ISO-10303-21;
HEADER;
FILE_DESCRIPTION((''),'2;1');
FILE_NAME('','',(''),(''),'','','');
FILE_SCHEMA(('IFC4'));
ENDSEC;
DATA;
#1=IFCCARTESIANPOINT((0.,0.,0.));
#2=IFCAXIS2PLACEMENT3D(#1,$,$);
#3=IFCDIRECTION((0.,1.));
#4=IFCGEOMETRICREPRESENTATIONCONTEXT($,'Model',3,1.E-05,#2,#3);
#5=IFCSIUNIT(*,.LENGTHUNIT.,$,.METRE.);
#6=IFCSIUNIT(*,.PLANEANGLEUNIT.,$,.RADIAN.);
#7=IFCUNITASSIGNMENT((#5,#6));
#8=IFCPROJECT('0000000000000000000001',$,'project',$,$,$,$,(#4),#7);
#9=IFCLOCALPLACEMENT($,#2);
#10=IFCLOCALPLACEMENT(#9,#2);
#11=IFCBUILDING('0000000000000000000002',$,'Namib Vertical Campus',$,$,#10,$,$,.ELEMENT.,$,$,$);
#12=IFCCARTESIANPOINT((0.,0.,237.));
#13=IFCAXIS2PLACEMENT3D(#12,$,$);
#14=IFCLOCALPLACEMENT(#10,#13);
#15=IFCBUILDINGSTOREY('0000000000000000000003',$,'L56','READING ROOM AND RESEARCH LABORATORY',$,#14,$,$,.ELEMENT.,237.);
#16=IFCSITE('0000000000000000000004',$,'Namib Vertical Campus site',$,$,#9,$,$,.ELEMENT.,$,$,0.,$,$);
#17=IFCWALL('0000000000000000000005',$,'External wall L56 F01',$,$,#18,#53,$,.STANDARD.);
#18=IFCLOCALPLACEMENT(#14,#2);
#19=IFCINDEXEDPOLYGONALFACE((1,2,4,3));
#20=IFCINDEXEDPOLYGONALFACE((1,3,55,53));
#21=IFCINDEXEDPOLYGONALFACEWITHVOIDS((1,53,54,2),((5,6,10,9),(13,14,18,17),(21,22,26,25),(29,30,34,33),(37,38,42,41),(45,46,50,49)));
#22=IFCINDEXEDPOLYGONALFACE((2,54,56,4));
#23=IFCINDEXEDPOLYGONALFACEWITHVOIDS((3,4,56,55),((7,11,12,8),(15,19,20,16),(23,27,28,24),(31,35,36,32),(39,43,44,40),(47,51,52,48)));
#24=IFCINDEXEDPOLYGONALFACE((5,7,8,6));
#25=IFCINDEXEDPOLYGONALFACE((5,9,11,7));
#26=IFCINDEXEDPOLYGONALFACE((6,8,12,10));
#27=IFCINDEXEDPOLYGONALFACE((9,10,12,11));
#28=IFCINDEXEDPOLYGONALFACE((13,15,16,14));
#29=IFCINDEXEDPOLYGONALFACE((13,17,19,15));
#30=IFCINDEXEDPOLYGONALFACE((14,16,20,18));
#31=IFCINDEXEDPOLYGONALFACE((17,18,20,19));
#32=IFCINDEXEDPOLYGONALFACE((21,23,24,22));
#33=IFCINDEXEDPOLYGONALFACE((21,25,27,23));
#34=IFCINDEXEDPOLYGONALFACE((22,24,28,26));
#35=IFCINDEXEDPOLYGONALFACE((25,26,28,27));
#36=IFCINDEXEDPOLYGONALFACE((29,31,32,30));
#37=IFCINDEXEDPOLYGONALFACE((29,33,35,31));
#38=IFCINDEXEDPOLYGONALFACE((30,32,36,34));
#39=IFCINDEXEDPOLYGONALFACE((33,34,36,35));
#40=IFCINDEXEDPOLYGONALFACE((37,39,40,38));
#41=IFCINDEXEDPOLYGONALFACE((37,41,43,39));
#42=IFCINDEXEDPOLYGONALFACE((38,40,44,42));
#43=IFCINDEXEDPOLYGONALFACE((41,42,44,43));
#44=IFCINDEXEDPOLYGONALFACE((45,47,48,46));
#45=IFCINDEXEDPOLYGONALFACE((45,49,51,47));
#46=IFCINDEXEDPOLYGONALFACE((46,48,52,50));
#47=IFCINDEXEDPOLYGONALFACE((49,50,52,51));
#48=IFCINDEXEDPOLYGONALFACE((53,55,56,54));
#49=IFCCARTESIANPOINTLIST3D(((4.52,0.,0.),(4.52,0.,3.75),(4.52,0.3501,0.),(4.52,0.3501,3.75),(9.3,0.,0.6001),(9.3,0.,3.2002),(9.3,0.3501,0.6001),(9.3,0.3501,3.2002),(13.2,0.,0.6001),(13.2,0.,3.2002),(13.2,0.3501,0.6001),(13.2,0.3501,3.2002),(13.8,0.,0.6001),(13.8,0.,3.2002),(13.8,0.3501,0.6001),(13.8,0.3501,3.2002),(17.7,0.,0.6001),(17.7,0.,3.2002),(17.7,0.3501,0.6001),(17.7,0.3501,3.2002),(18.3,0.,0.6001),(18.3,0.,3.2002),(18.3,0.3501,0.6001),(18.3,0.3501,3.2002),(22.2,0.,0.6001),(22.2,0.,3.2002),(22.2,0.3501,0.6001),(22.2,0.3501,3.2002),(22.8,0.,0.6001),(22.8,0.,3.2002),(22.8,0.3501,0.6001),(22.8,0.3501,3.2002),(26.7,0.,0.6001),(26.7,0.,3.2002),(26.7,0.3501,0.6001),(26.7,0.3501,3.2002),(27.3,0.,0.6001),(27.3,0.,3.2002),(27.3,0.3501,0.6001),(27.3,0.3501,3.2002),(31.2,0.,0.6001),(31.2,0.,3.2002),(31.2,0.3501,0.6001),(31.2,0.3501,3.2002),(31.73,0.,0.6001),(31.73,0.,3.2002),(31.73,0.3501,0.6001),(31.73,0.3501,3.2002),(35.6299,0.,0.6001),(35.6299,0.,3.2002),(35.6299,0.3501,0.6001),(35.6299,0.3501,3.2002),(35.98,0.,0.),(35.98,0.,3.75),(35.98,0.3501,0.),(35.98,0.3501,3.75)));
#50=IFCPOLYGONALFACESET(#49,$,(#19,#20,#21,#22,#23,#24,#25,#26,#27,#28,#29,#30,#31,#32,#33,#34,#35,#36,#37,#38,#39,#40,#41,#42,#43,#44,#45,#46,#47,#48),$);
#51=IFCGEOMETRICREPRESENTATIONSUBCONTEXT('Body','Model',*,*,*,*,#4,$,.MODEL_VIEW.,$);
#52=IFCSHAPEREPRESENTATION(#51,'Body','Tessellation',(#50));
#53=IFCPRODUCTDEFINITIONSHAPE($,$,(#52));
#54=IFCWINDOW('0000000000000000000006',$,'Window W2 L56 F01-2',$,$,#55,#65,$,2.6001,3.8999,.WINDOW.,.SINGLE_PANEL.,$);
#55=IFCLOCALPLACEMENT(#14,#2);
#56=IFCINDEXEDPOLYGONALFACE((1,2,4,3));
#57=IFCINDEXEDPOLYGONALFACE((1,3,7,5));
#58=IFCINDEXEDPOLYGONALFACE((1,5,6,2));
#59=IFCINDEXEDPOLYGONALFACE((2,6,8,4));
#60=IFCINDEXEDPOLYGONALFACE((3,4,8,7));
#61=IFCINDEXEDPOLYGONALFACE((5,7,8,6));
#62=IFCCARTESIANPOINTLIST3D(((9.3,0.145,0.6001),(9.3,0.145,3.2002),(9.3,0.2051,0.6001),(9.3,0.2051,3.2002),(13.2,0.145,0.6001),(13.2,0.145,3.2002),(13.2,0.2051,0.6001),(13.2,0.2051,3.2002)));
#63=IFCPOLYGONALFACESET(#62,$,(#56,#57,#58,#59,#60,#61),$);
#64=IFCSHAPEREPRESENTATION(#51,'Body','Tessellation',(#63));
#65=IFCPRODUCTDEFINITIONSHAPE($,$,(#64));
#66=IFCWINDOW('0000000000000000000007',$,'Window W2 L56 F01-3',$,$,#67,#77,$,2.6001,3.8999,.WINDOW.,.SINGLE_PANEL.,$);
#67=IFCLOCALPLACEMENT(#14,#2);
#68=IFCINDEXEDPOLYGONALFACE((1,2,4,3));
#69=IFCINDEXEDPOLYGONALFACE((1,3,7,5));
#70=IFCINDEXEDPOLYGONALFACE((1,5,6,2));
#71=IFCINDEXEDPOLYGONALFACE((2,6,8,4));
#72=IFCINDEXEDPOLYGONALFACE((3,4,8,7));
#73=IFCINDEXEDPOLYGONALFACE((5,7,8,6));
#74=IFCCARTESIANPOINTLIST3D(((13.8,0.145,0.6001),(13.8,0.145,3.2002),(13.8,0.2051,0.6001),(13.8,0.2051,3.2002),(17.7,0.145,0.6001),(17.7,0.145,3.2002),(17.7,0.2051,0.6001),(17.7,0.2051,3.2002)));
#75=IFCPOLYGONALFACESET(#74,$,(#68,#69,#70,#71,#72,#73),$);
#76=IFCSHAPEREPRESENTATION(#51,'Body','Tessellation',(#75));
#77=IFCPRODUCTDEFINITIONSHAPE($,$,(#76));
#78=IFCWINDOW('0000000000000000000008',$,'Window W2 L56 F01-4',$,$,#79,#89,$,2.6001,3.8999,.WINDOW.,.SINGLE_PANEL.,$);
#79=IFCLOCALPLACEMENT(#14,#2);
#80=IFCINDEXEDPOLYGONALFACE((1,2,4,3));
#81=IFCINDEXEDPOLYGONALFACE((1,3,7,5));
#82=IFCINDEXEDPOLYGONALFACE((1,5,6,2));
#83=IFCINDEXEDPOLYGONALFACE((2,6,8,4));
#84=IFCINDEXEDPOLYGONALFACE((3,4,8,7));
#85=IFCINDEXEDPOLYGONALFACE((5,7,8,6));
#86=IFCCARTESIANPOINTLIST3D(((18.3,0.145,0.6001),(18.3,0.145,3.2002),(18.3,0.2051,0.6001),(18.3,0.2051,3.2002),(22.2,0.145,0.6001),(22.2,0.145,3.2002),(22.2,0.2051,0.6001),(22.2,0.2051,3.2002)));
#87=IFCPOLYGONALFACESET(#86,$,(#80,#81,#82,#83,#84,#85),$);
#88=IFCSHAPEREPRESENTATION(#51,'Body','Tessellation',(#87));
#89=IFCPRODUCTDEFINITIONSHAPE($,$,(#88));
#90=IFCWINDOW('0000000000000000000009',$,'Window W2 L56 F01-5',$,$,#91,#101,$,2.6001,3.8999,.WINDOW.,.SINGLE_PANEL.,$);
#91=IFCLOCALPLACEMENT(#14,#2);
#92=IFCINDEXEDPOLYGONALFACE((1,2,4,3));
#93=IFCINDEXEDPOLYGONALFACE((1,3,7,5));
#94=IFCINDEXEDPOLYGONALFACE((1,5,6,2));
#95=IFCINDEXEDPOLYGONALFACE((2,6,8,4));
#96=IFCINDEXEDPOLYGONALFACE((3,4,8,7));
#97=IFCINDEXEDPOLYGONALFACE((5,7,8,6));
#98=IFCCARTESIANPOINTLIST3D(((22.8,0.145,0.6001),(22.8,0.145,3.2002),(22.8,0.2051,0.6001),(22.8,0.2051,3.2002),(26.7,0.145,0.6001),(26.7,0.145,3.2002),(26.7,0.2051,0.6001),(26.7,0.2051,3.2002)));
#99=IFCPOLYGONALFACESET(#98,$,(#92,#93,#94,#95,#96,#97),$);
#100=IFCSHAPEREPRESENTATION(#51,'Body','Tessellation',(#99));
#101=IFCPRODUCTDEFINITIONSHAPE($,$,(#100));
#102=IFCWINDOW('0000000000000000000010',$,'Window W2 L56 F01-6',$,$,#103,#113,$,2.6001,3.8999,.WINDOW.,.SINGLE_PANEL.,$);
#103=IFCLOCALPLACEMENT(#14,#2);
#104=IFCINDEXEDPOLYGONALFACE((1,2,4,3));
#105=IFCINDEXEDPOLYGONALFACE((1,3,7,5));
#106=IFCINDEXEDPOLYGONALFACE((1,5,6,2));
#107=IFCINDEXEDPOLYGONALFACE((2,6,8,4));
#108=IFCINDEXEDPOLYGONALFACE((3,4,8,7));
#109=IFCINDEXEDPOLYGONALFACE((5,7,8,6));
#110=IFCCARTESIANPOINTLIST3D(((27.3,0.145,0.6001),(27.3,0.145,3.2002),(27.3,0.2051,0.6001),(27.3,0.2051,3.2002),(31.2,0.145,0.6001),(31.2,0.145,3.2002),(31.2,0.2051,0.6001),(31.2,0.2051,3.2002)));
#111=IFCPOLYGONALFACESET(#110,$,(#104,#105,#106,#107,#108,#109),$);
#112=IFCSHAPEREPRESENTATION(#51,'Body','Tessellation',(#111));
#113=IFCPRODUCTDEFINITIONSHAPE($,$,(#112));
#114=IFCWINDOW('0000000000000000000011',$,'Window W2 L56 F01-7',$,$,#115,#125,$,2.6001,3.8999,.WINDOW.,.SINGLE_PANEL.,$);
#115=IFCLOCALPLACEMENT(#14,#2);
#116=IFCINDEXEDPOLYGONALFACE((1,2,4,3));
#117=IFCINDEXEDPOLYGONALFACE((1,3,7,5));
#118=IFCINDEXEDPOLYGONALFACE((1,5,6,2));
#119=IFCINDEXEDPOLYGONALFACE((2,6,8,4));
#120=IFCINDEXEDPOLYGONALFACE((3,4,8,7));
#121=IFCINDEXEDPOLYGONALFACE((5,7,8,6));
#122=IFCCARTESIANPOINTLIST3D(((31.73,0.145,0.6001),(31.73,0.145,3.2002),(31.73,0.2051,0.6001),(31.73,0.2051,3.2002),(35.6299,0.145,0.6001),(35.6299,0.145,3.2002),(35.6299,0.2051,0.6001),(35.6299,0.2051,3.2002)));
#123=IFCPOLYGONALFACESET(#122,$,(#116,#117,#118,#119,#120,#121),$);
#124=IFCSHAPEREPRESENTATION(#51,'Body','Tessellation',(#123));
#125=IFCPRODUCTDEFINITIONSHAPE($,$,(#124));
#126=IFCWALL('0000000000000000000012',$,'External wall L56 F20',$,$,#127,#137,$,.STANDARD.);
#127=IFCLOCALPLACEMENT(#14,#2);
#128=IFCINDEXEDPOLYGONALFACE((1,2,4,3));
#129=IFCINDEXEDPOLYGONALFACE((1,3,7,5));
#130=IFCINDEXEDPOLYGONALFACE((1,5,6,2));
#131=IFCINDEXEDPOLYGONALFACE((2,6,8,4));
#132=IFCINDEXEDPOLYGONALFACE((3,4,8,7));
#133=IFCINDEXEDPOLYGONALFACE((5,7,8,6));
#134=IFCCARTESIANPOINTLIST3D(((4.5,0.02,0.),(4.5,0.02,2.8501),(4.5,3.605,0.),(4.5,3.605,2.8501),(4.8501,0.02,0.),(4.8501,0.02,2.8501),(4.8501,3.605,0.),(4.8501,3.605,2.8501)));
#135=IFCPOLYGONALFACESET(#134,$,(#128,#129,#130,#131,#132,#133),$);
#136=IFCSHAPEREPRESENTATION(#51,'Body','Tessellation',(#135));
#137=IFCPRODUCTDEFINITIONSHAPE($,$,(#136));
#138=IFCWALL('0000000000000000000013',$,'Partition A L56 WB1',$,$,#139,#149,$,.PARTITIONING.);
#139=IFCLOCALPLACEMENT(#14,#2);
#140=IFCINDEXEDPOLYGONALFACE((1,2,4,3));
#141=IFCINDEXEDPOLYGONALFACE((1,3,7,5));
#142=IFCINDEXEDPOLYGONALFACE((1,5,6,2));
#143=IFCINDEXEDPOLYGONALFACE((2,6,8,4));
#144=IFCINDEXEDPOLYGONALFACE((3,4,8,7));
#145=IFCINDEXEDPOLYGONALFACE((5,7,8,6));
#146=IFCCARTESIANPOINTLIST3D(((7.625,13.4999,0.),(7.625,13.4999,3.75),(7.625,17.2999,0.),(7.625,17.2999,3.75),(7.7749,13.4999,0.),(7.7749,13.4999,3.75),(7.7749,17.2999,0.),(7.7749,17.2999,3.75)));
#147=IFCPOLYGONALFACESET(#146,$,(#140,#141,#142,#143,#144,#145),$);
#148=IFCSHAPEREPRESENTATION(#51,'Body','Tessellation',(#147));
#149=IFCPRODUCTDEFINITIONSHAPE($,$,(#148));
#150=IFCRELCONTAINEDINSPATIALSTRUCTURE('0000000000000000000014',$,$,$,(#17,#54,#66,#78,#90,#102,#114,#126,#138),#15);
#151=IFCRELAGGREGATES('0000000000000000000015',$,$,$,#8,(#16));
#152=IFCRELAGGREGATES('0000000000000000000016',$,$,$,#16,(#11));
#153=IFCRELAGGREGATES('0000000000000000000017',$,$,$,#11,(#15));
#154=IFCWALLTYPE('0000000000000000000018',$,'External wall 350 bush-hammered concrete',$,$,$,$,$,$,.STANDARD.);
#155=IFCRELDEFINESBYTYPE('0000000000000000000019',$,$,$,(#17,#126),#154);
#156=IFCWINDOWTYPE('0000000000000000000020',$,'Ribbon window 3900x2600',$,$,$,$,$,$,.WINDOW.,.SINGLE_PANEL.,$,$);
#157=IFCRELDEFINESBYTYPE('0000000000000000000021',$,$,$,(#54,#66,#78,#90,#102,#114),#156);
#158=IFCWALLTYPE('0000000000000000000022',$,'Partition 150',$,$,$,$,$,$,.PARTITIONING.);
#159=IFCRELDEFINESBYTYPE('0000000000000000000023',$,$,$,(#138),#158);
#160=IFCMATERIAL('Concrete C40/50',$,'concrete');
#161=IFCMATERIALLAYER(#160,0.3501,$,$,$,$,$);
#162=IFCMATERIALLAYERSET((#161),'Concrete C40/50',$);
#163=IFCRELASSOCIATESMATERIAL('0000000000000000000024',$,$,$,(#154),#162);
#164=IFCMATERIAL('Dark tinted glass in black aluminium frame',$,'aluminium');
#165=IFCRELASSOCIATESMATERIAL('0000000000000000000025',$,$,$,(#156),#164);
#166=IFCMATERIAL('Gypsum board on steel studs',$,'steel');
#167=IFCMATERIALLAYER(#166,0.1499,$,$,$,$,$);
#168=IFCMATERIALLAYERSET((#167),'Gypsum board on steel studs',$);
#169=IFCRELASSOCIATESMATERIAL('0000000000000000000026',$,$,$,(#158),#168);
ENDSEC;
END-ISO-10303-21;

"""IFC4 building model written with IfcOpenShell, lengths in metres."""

from ifc_helpers import new_model, si_unit, direction, frame, frame_2d, origin, place, context, subcontext, project, spatial, rectangle, extrude, material, layer, layer_set, type_object, element, fill, save


model = new_model("IFC4")

# Units and contexts
model_context = context("Model", 3, precision=1e-05, world=origin(), true_north=direction((0.0, 1.0)))
body_context = subcontext(model_context, "Body", "Model", "MODEL_VIEW")
ifc_project = project(units=[si_unit("LENGTHUNIT", "METRE"), si_unit("PLANEANGLEUNIT", "RADIAN")], contexts=[model_context])

# Site, building, storey
site_placement = place(None, origin())
site = spatial("IfcSite", under=ifc_project, at=site_placement, Name="Namib Vertical Campus site", CompositionType="ELEMENT", RefElevation=0.0)
building_placement = place(site_placement, origin())
building = spatial("IfcBuilding", under=site, at=building_placement, Name="Namib Vertical Campus", CompositionType="ELEMENT")
storey_placement = place(building_placement, frame((0.0, 0.0, 237.0)))
storey = spatial("IfcBuildingStorey", under=building, at=storey_placement, Name="L56", Description="READING ROOM AND RESEARCH LABORATORY", CompositionType="ELEMENT", Elevation=237.0)

# Wall, openings, windows
ifc_material_1 = material(Name="Concrete C40/50", Category="concrete")
ifc_layer_1 = layer(ifc_material_1, 0.3501)
ifc_layer_set_1 = layer_set([ifc_layer_1], Name="Concrete C40/50")
wall_type_1 = type_object("IfcWallType", Name="External wall 350 bush-hammered concrete", PredefinedType="STANDARD", material=ifc_layer_set_1)
wall_1_placement = place(storey_placement, frame((4.52, 0.175, 0.0), z_axis=(0.0, 0.0, 1.0), x_axis=(1.0, 0.0, 0.0)))
wall_1 = element("IfcWall", 1, at=wall_1_placement, inside=storey, type_object=wall_type_1, Name="External wall L56 F01", PredefinedType="STANDARD", context=body_context, shape_type="SweptSolid", body=[
    extrude(rectangle(XDim=31.46, YDim=0.3501, at=frame_2d((15.73, 0.0))), origin(), (0.0, 0.0, 1.0), 3.75),
])
opening_1_placement = place(wall_1_placement, frame((4.78, 0.0, 0.6001)))
opening_1 = element("IfcOpeningElement", 2, at=opening_1_placement, cuts=wall_1, PredefinedType="OPENING", context=body_context, shape_type="SweptSolid", body=[
    extrude(rectangle(XDim=3.8999, YDim=2.6001, at=frame_2d((1.95, 1.3))), frame((0.0, 0.1851, 0.0), z_axis=(0.0, -1.0, 0.0), x_axis=(1.0, 0.0, 0.0)), (0.0, 0.0, 1.0), 0.3701),
])
opening_2_placement = place(wall_1_placement, frame((9.28, 0.0, 0.6001)))
opening_2 = element("IfcOpeningElement", 3, at=opening_2_placement, cuts=wall_1, PredefinedType="OPENING", context=body_context, shape_type="SweptSolid", body=[
    extrude(rectangle(XDim=3.8999, YDim=2.6001, at=frame_2d((1.95, 1.3))), frame((0.0, 0.1851, 0.0), z_axis=(0.0, -1.0, 0.0), x_axis=(1.0, 0.0, 0.0)), (0.0, 0.0, 1.0), 0.3701),
])
opening_3_placement = place(wall_1_placement, frame((13.78, 0.0, 0.6001)))
opening_3 = element("IfcOpeningElement", 4, at=opening_3_placement, cuts=wall_1, PredefinedType="OPENING", context=body_context, shape_type="SweptSolid", body=[
    extrude(rectangle(XDim=3.8999, YDim=2.6001, at=frame_2d((1.95, 1.3))), frame((0.0, 0.1851, 0.0), z_axis=(0.0, -1.0, 0.0), x_axis=(1.0, 0.0, 0.0)), (0.0, 0.0, 1.0), 0.3701),
])
opening_4_placement = place(wall_1_placement, frame((18.28, 0.0, 0.6001)))
opening_4 = element("IfcOpeningElement", 5, at=opening_4_placement, cuts=wall_1, PredefinedType="OPENING", context=body_context, shape_type="SweptSolid", body=[
    extrude(rectangle(XDim=3.8999, YDim=2.6001, at=frame_2d((1.95, 1.3))), frame((0.0, 0.1851, 0.0), z_axis=(0.0, -1.0, 0.0), x_axis=(1.0, 0.0, 0.0)), (0.0, 0.0, 1.0), 0.3701),
])
opening_5_placement = place(wall_1_placement, frame((22.78, 0.0, 0.6001)))
opening_5 = element("IfcOpeningElement", 6, at=opening_5_placement, cuts=wall_1, PredefinedType="OPENING", context=body_context, shape_type="SweptSolid", body=[
    extrude(rectangle(XDim=3.8999, YDim=2.6001, at=frame_2d((1.95, 1.3))), frame((0.0, 0.1851, 0.0), z_axis=(0.0, -1.0, 0.0), x_axis=(1.0, 0.0, 0.0)), (0.0, 0.0, 1.0), 0.3701),
])
opening_6_placement = place(wall_1_placement, frame((27.21, 0.0, 0.6001)))
opening_6 = element("IfcOpeningElement", 7, at=opening_6_placement, cuts=wall_1, PredefinedType="OPENING", context=body_context, shape_type="SweptSolid", body=[
    extrude(rectangle(XDim=3.8999, YDim=2.6001, at=frame_2d((1.95, 1.3))), frame((0.0, 0.1851, 0.0), z_axis=(0.0, -1.0, 0.0), x_axis=(1.0, 0.0, 0.0)), (0.0, 0.0, 1.0), 0.3701),
])
ifc_material_2 = material(Name="Dark tinted glass in black aluminium frame", Category="aluminium")
window_type = type_object("IfcWindowType", Name="Ribbon window 3900x2600", PartitioningType="SINGLE_PANEL", PredefinedType="WINDOW", material=ifc_material_2)
window_1_placement = place(opening_1_placement, origin())
window_1 = element("IfcWindow", 8, at=window_1_placement, inside=storey, type_object=window_type, Name="Window W2 L56 F01-2", OverallHeight=2.6001, OverallWidth=3.8999, PartitioningType="SINGLE_PANEL", PredefinedType="WINDOW", context=body_context, shape_type="SweptSolid", body=[
    extrude(rectangle(XDim=3.8999, YDim=2.6001, at=frame_2d((1.95, 1.3))), frame((0.0, 0.03, 0.0), z_axis=(0.0, -1.0, 0.0), x_axis=(1.0, 0.0, 0.0)), (0.0, 0.0, 1.0), 0.0601),
])
fill(opening_1, window_1)
window_2_placement = place(opening_2_placement, origin())
window_2 = element("IfcWindow", 9, at=window_2_placement, inside=storey, type_object=window_type, Name="Window W2 L56 F01-3", OverallHeight=2.6001, OverallWidth=3.8999, PartitioningType="SINGLE_PANEL", PredefinedType="WINDOW", context=body_context, shape_type="SweptSolid", body=[
    extrude(rectangle(XDim=3.8999, YDim=2.6001, at=frame_2d((1.95, 1.3))), frame((0.0, 0.03, 0.0), z_axis=(0.0, -1.0, 0.0), x_axis=(1.0, 0.0, 0.0)), (0.0, 0.0, 1.0), 0.0601),
])
fill(opening_2, window_2)
window_3_placement = place(opening_3_placement, origin())
window_3 = element("IfcWindow", 10, at=window_3_placement, inside=storey, type_object=window_type, Name="Window W2 L56 F01-4", OverallHeight=2.6001, OverallWidth=3.8999, PartitioningType="SINGLE_PANEL", PredefinedType="WINDOW", context=body_context, shape_type="SweptSolid", body=[
    extrude(rectangle(XDim=3.8999, YDim=2.6001, at=frame_2d((1.95, 1.3))), frame((0.0, 0.03, 0.0), z_axis=(0.0, -1.0, 0.0), x_axis=(1.0, 0.0, 0.0)), (0.0, 0.0, 1.0), 0.0601),
])
fill(opening_3, window_3)
window_4_placement = place(opening_4_placement, origin())
window_4 = element("IfcWindow", 11, at=window_4_placement, inside=storey, type_object=window_type, Name="Window W2 L56 F01-5", OverallHeight=2.6001, OverallWidth=3.8999, PartitioningType="SINGLE_PANEL", PredefinedType="WINDOW", context=body_context, shape_type="SweptSolid", body=[
    extrude(rectangle(XDim=3.8999, YDim=2.6001, at=frame_2d((1.95, 1.3))), frame((0.0, 0.03, 0.0), z_axis=(0.0, -1.0, 0.0), x_axis=(1.0, 0.0, 0.0)), (0.0, 0.0, 1.0), 0.0601),
])
fill(opening_4, window_4)
window_5_placement = place(opening_5_placement, origin())
window_5 = element("IfcWindow", 12, at=window_5_placement, inside=storey, type_object=window_type, Name="Window W2 L56 F01-6", OverallHeight=2.6001, OverallWidth=3.8999, PartitioningType="SINGLE_PANEL", PredefinedType="WINDOW", context=body_context, shape_type="SweptSolid", body=[
    extrude(rectangle(XDim=3.8999, YDim=2.6001, at=frame_2d((1.95, 1.3))), frame((0.0, 0.03, 0.0), z_axis=(0.0, -1.0, 0.0), x_axis=(1.0, 0.0, 0.0)), (0.0, 0.0, 1.0), 0.0601),
])
fill(opening_5, window_5)
window_6_placement = place(opening_6_placement, origin())
window_6 = element("IfcWindow", 13, at=window_6_placement, inside=storey, type_object=window_type, Name="Window W2 L56 F01-7", OverallHeight=2.6001, OverallWidth=3.8999, PartitioningType="SINGLE_PANEL", PredefinedType="WINDOW", context=body_context, shape_type="SweptSolid", body=[
    extrude(rectangle(XDim=3.8999, YDim=2.6001, at=frame_2d((1.95, 1.3))), frame((0.0, 0.03, 0.0), z_axis=(0.0, -1.0, 0.0), x_axis=(1.0, 0.0, 0.0)), (0.0, 0.0, 1.0), 0.0601),
])
fill(opening_6, window_6)

# Walls
wall_2_placement = place(storey_placement, frame((4.675, 3.605, 0.0), z_axis=(0.0, 0.0, 1.0), x_axis=(0.0, -1.0, 0.0)))
element("IfcWall", 14, at=wall_2_placement, inside=storey, type_object=wall_type_1, Name="External wall L56 F20", PredefinedType="STANDARD", context=body_context, shape_type="SweptSolid", body=[
    extrude(rectangle(XDim=3.585, YDim=0.3501, at=frame_2d((1.7925, 0.0))), origin(), (0.0, 0.0, 1.0), 2.8501),
])
ifc_material_3 = material(Name="Gypsum board on steel studs", Category="steel")
ifc_layer_2 = layer(ifc_material_3, 0.1499)
ifc_layer_set_2 = layer_set([ifc_layer_2], Name="Gypsum board on steel studs")
wall_type_2 = type_object("IfcWallType", Name="Partition 150", PredefinedType="PARTITIONING", material=ifc_layer_set_2)
wall_3_placement = place(storey_placement, frame((7.7, 13.5, 0.0), z_axis=(0.0, 0.0, 1.0), x_axis=(0.0, 1.0, 0.0)))
element("IfcWall", 15, at=wall_3_placement, inside=storey, type_object=wall_type_2, Name="Partition A L56 WB1", PredefinedType="PARTITIONING", context=body_context, shape_type="SweptSolid", body=[
    extrude(rectangle(XDim=3.8, YDim=0.1499, at=frame_2d((1.8999, 0.0))), origin(), (0.0, 0.0, 1.0), 3.75),
])

save(model, "model.ifc")
